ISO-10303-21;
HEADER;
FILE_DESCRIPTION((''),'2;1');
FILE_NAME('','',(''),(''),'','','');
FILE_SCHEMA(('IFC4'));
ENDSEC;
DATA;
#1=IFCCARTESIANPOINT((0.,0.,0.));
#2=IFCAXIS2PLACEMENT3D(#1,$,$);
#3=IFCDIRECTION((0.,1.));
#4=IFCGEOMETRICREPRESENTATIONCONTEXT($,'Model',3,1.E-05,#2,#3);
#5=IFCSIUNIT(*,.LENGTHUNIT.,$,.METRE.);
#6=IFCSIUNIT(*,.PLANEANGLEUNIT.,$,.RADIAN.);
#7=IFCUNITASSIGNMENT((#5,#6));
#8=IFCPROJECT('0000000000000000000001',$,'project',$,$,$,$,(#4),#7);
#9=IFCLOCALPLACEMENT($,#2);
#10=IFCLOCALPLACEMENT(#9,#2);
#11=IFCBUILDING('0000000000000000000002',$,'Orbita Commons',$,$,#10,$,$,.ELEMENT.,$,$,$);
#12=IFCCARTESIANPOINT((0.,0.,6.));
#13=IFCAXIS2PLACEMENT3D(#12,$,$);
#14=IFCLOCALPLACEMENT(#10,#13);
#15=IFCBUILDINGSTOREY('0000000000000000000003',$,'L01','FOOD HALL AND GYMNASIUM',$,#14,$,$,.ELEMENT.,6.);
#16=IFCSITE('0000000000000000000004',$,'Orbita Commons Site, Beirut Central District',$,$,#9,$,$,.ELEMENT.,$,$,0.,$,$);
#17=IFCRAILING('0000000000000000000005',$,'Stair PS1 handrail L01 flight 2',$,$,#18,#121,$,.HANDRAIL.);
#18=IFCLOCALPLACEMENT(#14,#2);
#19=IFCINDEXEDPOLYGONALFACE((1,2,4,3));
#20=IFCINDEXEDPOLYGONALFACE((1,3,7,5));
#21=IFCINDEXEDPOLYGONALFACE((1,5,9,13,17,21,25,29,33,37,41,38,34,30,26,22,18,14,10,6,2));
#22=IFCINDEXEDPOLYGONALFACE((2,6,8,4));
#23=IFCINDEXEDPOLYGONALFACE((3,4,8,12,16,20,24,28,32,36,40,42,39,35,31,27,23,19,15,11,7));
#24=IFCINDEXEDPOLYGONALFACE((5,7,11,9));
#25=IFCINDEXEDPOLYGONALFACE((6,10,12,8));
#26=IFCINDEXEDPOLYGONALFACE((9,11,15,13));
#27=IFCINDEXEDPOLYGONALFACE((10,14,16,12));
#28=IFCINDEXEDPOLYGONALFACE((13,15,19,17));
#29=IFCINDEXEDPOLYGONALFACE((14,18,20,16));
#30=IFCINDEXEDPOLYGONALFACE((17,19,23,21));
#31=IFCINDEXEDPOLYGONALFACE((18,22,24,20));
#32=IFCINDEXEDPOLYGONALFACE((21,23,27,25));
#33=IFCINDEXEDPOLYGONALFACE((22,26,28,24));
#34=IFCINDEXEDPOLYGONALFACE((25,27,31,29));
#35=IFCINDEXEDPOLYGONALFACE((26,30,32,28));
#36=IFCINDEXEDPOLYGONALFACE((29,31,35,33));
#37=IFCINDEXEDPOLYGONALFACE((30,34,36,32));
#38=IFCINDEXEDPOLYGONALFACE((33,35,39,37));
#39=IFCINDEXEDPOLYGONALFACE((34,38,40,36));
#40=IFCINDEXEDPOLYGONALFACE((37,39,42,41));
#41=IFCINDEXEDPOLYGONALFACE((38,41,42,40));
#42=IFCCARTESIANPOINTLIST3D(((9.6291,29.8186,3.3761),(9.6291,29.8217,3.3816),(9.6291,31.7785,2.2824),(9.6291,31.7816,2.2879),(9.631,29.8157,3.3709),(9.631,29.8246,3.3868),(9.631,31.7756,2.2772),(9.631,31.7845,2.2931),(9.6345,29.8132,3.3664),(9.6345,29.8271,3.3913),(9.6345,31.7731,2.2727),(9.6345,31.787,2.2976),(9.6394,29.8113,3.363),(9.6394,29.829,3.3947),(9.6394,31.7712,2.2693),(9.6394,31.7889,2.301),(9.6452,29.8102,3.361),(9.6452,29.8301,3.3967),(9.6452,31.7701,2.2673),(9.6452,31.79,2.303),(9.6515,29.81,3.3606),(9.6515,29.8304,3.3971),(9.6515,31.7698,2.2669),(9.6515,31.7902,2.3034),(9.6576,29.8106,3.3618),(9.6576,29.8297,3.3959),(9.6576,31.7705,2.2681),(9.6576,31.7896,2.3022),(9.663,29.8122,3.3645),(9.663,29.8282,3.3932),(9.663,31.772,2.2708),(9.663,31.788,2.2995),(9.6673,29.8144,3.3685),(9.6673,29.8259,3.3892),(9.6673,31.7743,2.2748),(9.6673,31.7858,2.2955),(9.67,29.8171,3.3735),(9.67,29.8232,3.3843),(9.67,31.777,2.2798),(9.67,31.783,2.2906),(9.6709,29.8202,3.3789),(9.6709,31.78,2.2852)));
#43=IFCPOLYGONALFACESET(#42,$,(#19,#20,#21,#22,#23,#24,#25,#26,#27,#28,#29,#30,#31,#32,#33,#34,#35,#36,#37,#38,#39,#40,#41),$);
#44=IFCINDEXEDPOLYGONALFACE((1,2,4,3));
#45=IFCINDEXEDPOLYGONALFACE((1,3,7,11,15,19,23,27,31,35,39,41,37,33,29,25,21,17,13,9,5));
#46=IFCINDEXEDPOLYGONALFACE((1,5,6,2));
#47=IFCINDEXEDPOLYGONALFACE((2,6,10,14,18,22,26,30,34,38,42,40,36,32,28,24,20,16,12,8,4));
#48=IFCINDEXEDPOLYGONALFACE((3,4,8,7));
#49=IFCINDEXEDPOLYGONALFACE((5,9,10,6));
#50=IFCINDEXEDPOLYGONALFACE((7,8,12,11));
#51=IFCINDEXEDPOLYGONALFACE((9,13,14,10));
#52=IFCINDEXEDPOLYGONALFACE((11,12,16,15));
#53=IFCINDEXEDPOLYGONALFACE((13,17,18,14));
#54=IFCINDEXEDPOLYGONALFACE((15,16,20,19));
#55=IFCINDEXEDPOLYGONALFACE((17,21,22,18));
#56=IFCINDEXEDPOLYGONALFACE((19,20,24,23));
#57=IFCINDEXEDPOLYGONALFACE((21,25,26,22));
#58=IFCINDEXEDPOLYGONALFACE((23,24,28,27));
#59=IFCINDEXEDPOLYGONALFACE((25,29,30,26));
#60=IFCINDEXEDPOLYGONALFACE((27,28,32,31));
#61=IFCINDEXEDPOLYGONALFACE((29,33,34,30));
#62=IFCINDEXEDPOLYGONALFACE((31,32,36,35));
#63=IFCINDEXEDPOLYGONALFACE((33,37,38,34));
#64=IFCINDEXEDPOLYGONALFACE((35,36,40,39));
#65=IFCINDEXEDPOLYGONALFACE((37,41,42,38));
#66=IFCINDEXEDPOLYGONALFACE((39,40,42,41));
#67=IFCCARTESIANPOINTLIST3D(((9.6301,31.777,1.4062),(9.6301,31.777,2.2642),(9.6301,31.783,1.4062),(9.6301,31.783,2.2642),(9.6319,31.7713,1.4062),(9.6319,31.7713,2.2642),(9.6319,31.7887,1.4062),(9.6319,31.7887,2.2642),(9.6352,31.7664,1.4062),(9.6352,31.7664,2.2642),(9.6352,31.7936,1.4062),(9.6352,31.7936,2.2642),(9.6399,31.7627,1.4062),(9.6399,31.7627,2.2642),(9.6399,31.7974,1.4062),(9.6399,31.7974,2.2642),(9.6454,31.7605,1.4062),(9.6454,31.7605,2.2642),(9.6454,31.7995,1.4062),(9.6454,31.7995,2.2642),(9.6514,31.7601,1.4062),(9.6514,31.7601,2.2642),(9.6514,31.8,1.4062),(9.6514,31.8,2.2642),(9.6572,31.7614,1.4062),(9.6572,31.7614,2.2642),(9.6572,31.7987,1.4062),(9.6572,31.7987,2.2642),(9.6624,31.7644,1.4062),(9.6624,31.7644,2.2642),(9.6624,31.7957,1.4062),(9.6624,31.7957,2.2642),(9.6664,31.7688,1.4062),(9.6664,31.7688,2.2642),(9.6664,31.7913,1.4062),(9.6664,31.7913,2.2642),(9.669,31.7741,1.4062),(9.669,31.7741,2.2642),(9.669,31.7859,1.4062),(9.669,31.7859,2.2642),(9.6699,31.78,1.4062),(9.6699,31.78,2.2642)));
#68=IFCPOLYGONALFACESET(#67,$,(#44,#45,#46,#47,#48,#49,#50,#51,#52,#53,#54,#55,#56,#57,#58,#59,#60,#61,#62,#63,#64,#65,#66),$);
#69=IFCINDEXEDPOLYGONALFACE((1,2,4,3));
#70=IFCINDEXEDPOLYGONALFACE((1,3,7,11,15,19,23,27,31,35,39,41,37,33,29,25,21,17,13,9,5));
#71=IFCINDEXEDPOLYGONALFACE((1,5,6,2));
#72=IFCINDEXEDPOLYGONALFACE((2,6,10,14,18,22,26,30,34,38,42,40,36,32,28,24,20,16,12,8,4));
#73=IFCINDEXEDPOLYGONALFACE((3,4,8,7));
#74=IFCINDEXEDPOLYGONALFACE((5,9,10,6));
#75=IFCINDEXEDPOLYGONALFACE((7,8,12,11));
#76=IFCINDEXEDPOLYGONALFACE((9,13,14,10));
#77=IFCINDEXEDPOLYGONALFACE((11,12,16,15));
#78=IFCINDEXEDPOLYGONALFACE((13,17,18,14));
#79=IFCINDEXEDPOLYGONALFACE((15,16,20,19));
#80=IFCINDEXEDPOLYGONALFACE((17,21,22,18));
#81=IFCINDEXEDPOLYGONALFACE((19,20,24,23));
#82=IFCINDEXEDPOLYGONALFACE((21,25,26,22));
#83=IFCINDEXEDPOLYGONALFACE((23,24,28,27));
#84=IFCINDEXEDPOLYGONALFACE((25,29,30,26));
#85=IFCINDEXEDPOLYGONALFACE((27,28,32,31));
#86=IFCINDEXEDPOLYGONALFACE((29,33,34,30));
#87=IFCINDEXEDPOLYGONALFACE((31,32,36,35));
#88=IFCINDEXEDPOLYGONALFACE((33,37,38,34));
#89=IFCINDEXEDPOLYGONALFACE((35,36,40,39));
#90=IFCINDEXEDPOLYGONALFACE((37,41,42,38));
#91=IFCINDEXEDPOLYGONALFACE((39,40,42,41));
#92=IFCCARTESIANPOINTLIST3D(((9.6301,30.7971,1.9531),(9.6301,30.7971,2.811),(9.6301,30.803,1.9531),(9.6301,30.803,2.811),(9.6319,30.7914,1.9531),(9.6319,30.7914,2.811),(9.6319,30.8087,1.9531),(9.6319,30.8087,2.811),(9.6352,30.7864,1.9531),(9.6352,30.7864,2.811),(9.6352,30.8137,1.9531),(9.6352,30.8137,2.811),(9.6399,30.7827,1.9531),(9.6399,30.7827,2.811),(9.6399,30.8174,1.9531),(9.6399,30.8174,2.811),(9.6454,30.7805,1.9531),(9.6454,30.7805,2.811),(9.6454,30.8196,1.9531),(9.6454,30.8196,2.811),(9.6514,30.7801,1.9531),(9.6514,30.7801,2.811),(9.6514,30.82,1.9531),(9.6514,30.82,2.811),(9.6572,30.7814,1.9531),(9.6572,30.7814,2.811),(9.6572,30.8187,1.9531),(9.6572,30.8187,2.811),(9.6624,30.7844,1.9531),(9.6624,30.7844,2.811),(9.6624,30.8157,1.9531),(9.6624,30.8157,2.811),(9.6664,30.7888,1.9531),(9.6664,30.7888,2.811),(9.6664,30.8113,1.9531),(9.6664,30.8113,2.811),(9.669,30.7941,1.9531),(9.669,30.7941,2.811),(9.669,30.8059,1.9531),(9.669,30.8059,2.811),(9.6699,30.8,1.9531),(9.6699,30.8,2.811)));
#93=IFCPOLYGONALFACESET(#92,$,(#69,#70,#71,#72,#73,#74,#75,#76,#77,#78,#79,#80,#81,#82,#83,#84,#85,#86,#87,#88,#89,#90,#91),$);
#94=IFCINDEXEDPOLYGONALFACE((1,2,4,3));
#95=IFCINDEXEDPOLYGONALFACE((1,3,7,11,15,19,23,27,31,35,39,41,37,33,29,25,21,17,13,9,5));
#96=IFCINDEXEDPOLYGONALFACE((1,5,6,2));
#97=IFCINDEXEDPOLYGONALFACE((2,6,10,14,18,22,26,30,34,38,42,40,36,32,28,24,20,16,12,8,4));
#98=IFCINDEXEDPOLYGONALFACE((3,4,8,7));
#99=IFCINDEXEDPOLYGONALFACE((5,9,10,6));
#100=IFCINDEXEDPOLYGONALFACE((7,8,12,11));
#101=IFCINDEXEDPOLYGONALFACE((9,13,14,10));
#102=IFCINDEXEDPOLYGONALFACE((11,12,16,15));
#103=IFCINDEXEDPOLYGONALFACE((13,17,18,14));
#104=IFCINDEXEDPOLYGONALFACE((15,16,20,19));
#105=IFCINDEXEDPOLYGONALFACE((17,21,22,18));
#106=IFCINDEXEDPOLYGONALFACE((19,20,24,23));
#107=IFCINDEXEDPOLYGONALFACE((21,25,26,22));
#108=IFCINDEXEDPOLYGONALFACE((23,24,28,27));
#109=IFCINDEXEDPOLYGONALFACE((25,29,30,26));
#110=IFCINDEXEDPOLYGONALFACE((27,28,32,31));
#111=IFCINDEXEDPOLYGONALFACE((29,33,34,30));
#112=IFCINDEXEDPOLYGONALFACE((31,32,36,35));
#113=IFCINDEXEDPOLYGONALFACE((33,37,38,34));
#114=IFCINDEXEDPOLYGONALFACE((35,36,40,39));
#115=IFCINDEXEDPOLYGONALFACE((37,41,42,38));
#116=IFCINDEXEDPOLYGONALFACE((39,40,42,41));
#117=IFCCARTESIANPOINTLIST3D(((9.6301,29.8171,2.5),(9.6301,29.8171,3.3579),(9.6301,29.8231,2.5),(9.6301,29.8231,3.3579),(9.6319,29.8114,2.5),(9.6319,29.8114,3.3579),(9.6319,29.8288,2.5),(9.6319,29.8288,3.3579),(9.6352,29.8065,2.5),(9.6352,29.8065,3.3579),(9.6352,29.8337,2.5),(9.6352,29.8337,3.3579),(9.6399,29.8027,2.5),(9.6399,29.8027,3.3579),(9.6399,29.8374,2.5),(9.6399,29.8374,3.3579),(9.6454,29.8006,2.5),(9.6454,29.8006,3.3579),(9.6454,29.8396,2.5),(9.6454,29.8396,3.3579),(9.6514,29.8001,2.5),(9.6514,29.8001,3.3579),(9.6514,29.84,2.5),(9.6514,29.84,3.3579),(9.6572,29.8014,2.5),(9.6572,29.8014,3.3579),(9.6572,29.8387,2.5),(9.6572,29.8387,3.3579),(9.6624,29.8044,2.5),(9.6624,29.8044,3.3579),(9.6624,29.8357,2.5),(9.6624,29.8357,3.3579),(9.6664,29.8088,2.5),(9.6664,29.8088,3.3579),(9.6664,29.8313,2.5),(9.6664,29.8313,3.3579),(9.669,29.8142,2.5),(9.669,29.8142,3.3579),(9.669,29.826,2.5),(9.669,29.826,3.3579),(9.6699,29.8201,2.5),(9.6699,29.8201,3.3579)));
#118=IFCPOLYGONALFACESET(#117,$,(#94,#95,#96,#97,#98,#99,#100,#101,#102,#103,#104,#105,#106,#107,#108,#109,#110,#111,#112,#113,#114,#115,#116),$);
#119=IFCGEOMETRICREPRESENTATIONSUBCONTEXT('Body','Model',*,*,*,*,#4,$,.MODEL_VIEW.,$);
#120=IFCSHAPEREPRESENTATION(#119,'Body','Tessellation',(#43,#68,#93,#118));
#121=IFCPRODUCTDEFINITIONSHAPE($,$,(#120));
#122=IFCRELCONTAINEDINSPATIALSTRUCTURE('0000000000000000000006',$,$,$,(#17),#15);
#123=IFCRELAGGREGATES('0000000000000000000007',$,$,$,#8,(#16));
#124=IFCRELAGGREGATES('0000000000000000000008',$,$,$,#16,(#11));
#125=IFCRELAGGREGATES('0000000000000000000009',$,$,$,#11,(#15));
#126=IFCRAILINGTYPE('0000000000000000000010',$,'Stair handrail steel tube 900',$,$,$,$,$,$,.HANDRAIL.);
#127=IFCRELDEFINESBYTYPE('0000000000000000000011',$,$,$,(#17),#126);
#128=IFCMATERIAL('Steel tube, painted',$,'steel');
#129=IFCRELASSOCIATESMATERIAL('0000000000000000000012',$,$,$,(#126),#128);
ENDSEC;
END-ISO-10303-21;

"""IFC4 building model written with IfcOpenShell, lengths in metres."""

from ifc_helpers import new_model, si_unit, direction, frame, origin, origin_2d, place, context, subcontext, project, spatial, circle, extrude, material, type_object, element, save


model = new_model("IFC4")

# Units and contexts
model_context = context("Model", 3, precision=1e-05, world=origin(), true_north=direction((0.0, 1.0)))
body_context = subcontext(model_context, "Body", "Model", "MODEL_VIEW")
ifc_project = project(units=[si_unit("LENGTHUNIT", "METRE"), si_unit("PLANEANGLEUNIT", "RADIAN")], contexts=[model_context])

# Site, building, storey
site_placement = place(None, origin())
site = spatial("IfcSite", under=ifc_project, at=site_placement, Name="Orbita Commons Site, Beirut Central District", CompositionType="ELEMENT", RefElevation=0.0)
building_placement = place(site_placement, origin())
building = spatial("IfcBuilding", under=site, at=building_placement, Name="Orbita Commons", CompositionType="ELEMENT")
storey_placement = place(building_placement, frame((0.0, 0.0, 6.0)))
storey = spatial("IfcBuildingStorey", under=building, at=storey_placement, Name="L01", Description="FOOD HALL AND GYMNASIUM", CompositionType="ELEMENT", Elevation=6.0)

# Railing
ifc_material_1 = material(Name="Steel tube, painted", Category="steel")
railing_type_1 = type_object("IfcRailingType", Name="Stair handrail steel tube 900", PredefinedType="HANDRAIL", material=ifc_material_1)
railing_1_placement = place(storey_placement, frame((9.6499, 31.78, 1.4062)))
element("IfcRailing", 1, at=railing_1_placement, inside=storey, type_object=railing_type_1, Name="Stair PS1 handrail L01 flight 2", PredefinedType="HANDRAIL", context=body_context, shape_type="SweptSolid", body=[
    extrude(circle(Radius=0.021, at=origin_2d()), frame((0.0, 0.0, 0.8789), z_axis=(0.0, -0.873232, 0.487304), x_axis=(1.0, 0.0, 0.0)), (0.0, 0.0, 1.0), 2.2444),
    extrude(circle(Radius=0.02, at=origin_2d()), origin(), (0.0, 0.0, 1.0), 0.8579),
    extrude(circle(Radius=0.02, at=origin_2d()), frame((0.0, -0.98, 0.5469)), (0.0, 0.0, 1.0), 0.8579),
    extrude(circle(Radius=0.02, at=origin_2d()), frame((0.0, -1.96, 1.0938)), (0.0, 0.0, 1.0), 0.8579),
])

save(model, "model.ifc")
